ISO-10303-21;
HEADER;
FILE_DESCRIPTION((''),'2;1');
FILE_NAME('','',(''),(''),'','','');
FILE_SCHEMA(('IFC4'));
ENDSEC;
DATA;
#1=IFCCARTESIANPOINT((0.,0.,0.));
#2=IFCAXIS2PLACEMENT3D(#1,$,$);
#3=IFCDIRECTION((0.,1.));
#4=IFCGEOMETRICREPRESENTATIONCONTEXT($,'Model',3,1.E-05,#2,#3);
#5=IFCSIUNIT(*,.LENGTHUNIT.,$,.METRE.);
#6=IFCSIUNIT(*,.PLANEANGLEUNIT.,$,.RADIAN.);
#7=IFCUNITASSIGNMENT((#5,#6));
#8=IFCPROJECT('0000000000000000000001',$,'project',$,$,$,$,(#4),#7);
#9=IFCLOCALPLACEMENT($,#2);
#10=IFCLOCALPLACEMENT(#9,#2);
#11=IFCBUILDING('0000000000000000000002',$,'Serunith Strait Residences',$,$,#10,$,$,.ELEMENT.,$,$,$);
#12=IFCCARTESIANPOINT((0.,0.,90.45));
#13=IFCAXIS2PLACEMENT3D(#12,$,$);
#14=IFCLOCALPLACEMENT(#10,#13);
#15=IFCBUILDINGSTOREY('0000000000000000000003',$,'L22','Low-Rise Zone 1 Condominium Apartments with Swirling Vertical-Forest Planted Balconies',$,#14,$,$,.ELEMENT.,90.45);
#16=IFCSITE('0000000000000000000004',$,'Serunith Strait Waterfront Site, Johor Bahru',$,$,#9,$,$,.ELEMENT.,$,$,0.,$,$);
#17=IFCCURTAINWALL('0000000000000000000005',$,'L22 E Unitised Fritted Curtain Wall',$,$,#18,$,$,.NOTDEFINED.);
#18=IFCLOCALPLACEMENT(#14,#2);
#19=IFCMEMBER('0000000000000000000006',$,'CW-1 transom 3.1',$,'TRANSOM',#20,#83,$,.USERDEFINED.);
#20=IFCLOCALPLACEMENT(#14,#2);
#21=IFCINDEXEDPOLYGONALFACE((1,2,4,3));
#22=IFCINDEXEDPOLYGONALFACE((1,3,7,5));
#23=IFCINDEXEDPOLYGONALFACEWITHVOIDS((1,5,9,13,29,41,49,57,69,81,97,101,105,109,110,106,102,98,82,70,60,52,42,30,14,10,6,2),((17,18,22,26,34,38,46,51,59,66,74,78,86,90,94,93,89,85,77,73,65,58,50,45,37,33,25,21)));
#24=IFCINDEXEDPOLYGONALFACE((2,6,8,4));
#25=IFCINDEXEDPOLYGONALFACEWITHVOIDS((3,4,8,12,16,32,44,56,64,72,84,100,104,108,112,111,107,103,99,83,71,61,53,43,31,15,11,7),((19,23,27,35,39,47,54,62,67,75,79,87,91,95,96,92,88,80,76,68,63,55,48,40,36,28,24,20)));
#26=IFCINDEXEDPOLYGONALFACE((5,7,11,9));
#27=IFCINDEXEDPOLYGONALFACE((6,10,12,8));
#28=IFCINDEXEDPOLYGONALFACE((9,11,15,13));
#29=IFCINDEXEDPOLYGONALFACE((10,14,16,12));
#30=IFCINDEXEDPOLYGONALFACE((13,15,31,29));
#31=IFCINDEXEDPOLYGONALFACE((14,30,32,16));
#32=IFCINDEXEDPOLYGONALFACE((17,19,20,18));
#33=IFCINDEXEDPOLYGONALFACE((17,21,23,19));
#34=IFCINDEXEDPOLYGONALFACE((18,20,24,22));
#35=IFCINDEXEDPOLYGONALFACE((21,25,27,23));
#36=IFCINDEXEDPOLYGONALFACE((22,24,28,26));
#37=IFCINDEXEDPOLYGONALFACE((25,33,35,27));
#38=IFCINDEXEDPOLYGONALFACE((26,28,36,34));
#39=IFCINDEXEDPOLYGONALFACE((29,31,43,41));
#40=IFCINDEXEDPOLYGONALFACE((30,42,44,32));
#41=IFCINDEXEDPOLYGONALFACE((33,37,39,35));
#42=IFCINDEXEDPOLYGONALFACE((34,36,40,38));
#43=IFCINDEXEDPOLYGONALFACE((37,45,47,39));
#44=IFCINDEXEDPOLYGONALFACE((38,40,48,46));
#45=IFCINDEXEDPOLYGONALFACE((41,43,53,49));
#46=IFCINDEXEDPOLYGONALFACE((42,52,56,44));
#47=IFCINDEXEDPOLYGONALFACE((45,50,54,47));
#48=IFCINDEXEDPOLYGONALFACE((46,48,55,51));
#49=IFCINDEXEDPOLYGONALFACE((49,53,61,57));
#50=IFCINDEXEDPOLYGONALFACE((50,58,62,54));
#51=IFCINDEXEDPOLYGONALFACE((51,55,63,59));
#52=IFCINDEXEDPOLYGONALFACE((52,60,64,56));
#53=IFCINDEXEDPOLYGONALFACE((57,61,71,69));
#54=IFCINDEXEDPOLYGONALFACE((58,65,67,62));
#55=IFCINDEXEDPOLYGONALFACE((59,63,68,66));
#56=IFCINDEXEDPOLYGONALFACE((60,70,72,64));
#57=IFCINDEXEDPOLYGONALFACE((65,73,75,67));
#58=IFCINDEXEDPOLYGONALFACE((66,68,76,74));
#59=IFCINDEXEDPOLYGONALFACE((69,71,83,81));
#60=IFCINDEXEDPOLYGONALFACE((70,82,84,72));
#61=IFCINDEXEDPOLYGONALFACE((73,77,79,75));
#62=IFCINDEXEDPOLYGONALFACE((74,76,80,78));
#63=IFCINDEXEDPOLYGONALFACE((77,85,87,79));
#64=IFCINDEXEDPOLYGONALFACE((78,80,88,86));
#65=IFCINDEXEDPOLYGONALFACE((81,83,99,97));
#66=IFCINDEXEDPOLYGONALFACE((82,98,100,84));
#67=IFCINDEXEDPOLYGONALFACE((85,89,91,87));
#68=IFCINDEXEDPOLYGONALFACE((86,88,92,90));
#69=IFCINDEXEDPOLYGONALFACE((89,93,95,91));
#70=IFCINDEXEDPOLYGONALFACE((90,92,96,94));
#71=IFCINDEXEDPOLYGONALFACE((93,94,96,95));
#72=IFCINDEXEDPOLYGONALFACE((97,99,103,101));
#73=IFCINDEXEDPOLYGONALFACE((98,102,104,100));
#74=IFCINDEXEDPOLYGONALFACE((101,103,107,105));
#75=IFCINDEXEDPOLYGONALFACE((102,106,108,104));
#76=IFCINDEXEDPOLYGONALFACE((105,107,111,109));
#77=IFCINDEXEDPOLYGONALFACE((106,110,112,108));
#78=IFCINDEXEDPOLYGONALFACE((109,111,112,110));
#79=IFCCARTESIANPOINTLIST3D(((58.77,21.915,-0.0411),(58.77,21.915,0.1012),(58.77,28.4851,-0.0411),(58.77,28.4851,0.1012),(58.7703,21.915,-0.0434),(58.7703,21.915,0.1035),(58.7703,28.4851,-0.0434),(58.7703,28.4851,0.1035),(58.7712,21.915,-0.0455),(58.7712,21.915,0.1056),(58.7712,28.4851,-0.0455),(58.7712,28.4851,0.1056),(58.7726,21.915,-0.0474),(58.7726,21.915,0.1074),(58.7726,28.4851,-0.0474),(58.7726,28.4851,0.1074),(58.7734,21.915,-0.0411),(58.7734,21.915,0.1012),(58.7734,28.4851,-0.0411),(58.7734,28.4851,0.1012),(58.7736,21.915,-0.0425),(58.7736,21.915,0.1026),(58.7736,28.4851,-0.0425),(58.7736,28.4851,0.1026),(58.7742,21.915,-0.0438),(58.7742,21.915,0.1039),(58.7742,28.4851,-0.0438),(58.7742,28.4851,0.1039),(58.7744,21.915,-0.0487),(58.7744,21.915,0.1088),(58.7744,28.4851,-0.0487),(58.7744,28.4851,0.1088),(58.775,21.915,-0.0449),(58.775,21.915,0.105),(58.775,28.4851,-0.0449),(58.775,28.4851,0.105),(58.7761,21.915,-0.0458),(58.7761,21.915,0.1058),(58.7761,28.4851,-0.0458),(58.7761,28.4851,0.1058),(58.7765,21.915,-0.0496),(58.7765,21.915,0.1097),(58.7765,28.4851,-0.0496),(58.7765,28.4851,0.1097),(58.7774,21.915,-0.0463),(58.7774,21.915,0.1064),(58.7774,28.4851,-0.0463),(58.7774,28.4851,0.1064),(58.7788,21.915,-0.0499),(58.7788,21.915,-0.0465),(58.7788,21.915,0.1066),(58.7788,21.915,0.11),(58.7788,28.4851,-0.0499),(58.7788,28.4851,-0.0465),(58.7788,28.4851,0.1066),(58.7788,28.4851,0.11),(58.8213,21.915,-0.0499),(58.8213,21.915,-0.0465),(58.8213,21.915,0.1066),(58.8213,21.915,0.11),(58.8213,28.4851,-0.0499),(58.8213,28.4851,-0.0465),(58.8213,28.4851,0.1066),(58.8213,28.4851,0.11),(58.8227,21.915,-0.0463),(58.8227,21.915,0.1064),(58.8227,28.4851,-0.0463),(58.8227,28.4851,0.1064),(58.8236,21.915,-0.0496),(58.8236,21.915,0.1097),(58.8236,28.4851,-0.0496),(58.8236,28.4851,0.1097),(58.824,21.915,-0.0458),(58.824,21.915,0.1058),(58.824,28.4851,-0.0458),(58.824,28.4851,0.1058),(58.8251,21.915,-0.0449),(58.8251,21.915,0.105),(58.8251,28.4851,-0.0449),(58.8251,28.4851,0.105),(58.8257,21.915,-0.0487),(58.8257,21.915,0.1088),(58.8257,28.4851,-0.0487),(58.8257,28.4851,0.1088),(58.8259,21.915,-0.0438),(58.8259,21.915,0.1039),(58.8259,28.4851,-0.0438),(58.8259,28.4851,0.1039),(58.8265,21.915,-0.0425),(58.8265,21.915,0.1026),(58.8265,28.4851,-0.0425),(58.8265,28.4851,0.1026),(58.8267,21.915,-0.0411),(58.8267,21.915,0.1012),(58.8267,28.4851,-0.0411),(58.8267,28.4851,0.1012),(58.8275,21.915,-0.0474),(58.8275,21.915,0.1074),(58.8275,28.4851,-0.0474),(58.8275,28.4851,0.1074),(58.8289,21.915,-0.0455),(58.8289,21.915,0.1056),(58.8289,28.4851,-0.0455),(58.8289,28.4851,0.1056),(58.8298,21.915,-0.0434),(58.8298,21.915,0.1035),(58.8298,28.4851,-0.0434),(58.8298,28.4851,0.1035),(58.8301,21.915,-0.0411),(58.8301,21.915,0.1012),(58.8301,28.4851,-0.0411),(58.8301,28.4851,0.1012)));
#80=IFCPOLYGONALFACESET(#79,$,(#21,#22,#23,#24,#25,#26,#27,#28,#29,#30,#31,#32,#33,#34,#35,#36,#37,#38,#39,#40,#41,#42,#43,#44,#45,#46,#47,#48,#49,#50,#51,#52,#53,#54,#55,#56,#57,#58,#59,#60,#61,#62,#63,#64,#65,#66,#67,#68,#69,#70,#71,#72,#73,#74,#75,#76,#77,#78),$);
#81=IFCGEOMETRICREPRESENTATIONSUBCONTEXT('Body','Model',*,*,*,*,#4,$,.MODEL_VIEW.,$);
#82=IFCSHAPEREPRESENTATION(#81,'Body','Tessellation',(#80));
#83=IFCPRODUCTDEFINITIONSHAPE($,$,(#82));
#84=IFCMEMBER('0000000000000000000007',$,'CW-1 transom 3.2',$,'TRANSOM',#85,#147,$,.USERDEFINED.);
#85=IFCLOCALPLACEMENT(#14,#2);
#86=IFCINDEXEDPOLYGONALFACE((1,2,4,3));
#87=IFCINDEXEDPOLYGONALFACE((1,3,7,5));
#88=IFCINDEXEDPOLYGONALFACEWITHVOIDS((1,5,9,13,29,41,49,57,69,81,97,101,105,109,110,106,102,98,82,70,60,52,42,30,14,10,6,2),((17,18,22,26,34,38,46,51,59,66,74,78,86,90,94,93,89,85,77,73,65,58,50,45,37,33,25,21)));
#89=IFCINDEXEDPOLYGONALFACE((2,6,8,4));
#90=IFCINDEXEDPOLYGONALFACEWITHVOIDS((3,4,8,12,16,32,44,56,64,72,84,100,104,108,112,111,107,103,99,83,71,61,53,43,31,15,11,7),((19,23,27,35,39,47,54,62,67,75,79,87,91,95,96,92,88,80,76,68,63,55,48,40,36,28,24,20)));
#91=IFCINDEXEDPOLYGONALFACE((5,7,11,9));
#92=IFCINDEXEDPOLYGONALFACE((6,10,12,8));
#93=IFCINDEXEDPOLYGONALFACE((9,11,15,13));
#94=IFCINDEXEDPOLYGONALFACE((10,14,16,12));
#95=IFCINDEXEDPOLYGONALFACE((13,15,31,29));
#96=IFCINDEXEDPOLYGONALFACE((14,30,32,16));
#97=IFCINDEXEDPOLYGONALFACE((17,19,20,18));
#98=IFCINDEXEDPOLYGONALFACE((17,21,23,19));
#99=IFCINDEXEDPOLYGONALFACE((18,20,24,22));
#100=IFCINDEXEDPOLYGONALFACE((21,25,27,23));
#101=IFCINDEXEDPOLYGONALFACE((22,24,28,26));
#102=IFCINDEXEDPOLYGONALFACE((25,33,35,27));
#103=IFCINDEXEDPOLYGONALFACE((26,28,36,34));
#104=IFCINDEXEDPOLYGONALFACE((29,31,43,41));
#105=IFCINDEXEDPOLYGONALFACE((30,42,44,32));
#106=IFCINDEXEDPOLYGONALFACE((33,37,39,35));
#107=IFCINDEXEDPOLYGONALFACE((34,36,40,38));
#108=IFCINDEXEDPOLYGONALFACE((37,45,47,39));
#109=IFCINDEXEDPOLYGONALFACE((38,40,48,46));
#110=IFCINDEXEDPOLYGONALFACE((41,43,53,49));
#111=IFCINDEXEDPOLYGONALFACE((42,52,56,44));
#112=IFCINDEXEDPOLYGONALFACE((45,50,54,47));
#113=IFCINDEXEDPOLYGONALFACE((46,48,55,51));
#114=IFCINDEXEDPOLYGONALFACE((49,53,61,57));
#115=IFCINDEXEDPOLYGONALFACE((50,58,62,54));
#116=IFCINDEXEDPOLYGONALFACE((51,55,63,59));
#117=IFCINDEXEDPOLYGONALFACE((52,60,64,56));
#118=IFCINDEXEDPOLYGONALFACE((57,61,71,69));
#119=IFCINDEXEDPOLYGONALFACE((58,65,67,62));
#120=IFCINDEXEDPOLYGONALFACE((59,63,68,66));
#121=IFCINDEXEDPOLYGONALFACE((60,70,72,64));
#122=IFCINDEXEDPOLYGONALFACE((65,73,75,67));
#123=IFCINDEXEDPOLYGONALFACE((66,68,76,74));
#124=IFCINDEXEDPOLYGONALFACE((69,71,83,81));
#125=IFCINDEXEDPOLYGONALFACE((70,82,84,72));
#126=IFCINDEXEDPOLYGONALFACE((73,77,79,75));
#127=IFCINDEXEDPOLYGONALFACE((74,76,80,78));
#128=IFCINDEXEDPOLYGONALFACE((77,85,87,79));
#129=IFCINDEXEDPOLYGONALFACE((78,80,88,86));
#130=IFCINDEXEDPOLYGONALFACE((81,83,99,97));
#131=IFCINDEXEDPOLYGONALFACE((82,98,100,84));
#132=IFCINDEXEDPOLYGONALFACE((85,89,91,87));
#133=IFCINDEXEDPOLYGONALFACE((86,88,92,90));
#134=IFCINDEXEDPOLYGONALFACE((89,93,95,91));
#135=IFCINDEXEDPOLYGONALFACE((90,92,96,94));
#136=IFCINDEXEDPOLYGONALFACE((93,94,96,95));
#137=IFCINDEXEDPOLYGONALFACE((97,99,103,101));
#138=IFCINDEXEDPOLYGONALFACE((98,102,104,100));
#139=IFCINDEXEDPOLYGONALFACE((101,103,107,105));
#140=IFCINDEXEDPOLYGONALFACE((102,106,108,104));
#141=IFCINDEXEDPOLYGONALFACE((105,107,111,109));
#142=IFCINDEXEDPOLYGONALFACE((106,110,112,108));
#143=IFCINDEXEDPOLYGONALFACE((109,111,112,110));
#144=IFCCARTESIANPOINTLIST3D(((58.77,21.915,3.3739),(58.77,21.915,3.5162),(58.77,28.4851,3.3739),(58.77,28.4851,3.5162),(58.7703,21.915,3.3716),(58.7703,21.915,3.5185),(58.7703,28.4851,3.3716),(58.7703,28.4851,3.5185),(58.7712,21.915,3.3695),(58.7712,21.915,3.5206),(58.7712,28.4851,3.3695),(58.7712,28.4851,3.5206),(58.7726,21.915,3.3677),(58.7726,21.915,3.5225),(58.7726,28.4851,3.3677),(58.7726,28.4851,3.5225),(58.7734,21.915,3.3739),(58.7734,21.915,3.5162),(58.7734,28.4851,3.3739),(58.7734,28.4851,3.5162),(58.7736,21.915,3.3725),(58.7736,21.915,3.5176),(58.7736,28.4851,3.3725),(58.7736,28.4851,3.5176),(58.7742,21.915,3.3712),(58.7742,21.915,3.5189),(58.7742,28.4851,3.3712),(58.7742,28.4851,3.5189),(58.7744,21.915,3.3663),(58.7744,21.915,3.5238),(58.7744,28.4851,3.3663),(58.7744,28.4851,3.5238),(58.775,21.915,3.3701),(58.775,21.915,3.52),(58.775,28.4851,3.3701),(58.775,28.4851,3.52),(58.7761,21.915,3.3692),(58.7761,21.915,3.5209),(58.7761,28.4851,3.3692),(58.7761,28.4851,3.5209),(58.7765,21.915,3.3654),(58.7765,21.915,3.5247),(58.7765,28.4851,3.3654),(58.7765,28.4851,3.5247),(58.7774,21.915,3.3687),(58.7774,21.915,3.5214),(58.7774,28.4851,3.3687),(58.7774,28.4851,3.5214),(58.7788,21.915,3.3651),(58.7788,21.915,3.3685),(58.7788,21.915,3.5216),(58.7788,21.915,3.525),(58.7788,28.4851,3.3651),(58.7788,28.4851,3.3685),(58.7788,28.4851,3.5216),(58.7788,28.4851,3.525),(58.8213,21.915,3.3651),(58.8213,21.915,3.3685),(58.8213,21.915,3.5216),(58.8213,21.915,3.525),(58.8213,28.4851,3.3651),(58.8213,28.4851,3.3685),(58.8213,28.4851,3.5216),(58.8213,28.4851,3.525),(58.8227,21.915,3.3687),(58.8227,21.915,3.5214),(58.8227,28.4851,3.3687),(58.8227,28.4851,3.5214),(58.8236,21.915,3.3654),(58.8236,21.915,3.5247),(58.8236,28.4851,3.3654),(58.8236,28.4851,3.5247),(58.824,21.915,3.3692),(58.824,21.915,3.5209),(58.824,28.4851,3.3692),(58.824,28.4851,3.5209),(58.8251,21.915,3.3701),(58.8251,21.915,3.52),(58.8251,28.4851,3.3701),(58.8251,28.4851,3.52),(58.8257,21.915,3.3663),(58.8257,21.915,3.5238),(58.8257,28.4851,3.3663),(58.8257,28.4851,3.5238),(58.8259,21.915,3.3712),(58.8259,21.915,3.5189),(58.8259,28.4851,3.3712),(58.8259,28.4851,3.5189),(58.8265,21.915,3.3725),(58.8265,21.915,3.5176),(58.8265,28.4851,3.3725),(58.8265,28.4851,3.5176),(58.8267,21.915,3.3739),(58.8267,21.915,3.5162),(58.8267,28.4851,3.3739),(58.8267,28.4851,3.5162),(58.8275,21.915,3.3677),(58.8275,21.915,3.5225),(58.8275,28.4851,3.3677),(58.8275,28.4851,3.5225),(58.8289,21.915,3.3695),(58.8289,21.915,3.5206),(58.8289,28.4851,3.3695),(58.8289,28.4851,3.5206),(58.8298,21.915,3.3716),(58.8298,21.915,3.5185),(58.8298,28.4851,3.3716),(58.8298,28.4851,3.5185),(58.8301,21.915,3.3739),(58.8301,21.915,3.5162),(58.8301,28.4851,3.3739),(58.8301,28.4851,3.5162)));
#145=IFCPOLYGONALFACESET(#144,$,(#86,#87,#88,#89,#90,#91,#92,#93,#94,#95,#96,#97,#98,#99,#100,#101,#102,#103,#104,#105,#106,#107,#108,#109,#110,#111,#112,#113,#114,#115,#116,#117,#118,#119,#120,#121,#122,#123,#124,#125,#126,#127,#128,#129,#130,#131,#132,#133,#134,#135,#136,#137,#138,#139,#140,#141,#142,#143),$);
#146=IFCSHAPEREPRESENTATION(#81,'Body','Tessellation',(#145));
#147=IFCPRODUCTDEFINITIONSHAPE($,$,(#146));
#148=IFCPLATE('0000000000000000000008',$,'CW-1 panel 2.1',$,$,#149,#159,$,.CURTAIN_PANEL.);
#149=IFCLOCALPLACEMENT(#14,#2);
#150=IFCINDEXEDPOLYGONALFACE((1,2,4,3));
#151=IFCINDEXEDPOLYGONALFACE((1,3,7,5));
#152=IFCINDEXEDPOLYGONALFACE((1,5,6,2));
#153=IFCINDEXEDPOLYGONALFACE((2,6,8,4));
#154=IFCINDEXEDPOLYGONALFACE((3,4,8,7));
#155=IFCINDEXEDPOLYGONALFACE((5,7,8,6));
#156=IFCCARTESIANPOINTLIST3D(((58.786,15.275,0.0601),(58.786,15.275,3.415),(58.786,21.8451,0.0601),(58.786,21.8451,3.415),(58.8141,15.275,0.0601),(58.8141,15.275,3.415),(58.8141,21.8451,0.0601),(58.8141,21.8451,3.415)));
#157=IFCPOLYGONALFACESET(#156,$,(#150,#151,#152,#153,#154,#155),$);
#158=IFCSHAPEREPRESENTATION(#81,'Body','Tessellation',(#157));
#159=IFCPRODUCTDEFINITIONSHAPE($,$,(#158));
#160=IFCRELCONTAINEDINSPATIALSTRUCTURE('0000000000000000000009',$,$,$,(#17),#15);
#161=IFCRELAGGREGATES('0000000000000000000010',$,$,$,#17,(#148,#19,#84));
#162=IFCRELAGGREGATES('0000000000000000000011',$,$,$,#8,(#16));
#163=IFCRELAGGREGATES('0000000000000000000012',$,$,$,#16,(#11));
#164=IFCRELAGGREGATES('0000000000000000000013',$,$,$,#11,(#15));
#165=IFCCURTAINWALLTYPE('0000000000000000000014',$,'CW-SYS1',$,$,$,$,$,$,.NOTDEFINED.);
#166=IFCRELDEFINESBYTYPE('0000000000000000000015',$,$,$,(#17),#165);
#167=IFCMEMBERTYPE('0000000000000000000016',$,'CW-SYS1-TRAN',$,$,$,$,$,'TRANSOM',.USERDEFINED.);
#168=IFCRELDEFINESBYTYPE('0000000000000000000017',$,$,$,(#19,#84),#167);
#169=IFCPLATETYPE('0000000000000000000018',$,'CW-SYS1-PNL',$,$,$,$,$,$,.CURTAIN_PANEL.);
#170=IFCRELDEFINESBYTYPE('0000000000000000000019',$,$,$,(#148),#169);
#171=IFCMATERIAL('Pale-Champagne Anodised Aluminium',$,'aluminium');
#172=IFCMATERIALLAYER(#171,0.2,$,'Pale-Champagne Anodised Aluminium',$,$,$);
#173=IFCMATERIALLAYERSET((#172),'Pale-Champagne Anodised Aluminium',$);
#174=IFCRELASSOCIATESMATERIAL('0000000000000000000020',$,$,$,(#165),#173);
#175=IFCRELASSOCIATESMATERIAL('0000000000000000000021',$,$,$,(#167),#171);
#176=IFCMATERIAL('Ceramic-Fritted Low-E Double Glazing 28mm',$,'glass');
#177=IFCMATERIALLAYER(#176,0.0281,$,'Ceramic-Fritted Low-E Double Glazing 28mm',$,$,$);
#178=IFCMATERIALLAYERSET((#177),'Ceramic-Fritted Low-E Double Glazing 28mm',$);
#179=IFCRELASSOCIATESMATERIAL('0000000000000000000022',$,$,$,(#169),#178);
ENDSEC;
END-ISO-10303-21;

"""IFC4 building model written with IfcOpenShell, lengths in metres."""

from ifc_helpers import new_model, si_unit, direction, frame, origin, origin_2d, place, context, subcontext, project, spatial, rectangle, hollow_rectangle, extrude, source, transform, mapped, material, layer, layer_set, material_profile, profile_set, type_object, element, aggregate, save


model = new_model("IFC4")

# Units and contexts
model_context = context("Model", 3, precision=1e-05, world=origin(), true_north=direction((0.0, 1.0)))
body_context = subcontext(model_context, "Body", "Model", "MODEL_VIEW")
ifc_project = project(units=[si_unit("LENGTHUNIT", "METRE"), si_unit("PLANEANGLEUNIT", "RADIAN")], contexts=[model_context])

# Site, building, storey
site_placement = place(None, origin())
site = spatial("IfcSite", under=ifc_project, at=site_placement, Name="Serunith Strait Waterfront Site, Johor Bahru", CompositionType="ELEMENT", RefElevation=0.0)
building_placement = place(site_placement, origin())
building = spatial("IfcBuilding", under=site, at=building_placement, Name="Serunith Strait Residences", CompositionType="ELEMENT")
storey_placement = place(building_placement, frame((0.0, 0.0, 90.45)))
storey = spatial("IfcBuildingStorey", under=building, at=storey_placement, Name="L22", Description="Low-Rise Zone 1 Condominium Apartments with Swirling Vertical-Forest Planted Balconies", CompositionType="ELEMENT", Elevation=90.45)

# Curtain wall, members, plate
ifc_material_1 = material(Name="Pale-Champagne Anodised Aluminium", Category="aluminium")
ifc_layer_1 = layer(ifc_material_1, 0.2, Name="Pale-Champagne Anodised Aluminium")
ifc_layer_set_1 = layer_set([ifc_layer_1], Name="Pale-Champagne Anodised Aluminium")
curtain_wall_type = type_object("IfcCurtainWallType", Name="CW-SYS1", PredefinedType="NOTDEFINED", material=ifc_layer_set_1)
curtain_wall_placement = place(storey_placement, origin())
curtain_wall = element("IfcCurtainWall", 1, at=curtain_wall_placement, inside=storey, type_object=curtain_wall_type, Name="L22 E Unitised Fritted Curtain Wall", PredefinedType="NOTDEFINED")
ifc_material_profile_1 = material_profile(ifc_material_1, hollow_rectangle(XDim=0.0601, YDim=0.1599, WallThickness=0.0034, InnerFilletRadius=0.0054, OuterFilletRadius=0.0088, at=origin_2d()), Name="ALU 160x60x3.5")
ifc_profile_set_1 = profile_set([ifc_material_profile_1], Name="Pale-Champagne Anodised Aluminium")
member_type_1 = type_object("IfcMemberType", Name="CW-SYS1-TRAN", ElementType="TRANSOM", PredefinedType="USERDEFINED", material=ifc_profile_set_1)
shared_shape_1 = source(origin(), body_context, "Body", "SweptSolid", [
    extrude(hollow_rectangle(XDim=0.0601, YDim=0.1599, WallThickness=0.0034, InnerFilletRadius=0.0054, OuterFilletRadius=0.0088, at=origin_2d()), origin(), (0.0, 0.0, 1.0), 6.5701),
])
member_1_placement = place(storey_placement, frame((58.8, 21.915, 0.03), z_axis=(0.0, 1.0, 0.0), x_axis=(-1.0, 0.0, 0.0)))
member_1 = element("IfcMember", 2, at=member_1_placement, type_object=member_type_1, Name="CW-1 transom 3.1", ObjectType="TRANSOM", PredefinedType="USERDEFINED", context=body_context, shape_type="MappedRepresentation", body=[
    mapped(shared_shape_1, transform((0.0, 0.0, 0.0), scale=1.0)),
])
member_2_placement = place(storey_placement, frame((58.8, 21.915, 3.4451), z_axis=(0.0, 1.0, 0.0), x_axis=(-1.0, 0.0, 0.0)))
member_2 = element("IfcMember", 3, at=member_2_placement, type_object=member_type_1, Name="CW-1 transom 3.2", ObjectType="TRANSOM", PredefinedType="USERDEFINED", context=body_context, shape_type="MappedRepresentation", body=[
    mapped(shared_shape_1, transform((0.0, 0.0, 0.0), scale=1.0)),
])
ifc_material_2 = material(Name="Ceramic-Fritted Low-E Double Glazing 28mm", Category="glass")
ifc_layer_2 = layer(ifc_material_2, 0.0281, Name="Ceramic-Fritted Low-E Double Glazing 28mm")
ifc_layer_set_2 = layer_set([ifc_layer_2], Name="Ceramic-Fritted Low-E Double Glazing 28mm")
plate_type = type_object("IfcPlateType", Name="CW-SYS1-PNL", PredefinedType="CURTAIN_PANEL", material=ifc_layer_set_2)
shared_shape_2 = source(origin(), body_context, "Body", "SweptSolid", [
    extrude(rectangle(XDim=6.5701, YDim=0.0281, at=origin_2d()), origin(), (0.0, 0.0, 1.0), 3.355),
])
plate_placement = place(storey_placement, frame((58.8, 18.5601, 0.0601), z_axis=(0.0, 0.0, 1.0), x_axis=(0.0, 1.0, 0.0)))
plate = element("IfcPlate", 4, at=plate_placement, type_object=plate_type, Name="CW-1 panel 2.1", PredefinedType="CURTAIN_PANEL", context=body_context, shape_type="MappedRepresentation", body=[
    mapped(shared_shape_2, transform((0.0, 0.0, 0.0), scale=1.0)),
])
aggregate(curtain_wall, [plate, member_1, member_2])

save(model, "model.ifc")
